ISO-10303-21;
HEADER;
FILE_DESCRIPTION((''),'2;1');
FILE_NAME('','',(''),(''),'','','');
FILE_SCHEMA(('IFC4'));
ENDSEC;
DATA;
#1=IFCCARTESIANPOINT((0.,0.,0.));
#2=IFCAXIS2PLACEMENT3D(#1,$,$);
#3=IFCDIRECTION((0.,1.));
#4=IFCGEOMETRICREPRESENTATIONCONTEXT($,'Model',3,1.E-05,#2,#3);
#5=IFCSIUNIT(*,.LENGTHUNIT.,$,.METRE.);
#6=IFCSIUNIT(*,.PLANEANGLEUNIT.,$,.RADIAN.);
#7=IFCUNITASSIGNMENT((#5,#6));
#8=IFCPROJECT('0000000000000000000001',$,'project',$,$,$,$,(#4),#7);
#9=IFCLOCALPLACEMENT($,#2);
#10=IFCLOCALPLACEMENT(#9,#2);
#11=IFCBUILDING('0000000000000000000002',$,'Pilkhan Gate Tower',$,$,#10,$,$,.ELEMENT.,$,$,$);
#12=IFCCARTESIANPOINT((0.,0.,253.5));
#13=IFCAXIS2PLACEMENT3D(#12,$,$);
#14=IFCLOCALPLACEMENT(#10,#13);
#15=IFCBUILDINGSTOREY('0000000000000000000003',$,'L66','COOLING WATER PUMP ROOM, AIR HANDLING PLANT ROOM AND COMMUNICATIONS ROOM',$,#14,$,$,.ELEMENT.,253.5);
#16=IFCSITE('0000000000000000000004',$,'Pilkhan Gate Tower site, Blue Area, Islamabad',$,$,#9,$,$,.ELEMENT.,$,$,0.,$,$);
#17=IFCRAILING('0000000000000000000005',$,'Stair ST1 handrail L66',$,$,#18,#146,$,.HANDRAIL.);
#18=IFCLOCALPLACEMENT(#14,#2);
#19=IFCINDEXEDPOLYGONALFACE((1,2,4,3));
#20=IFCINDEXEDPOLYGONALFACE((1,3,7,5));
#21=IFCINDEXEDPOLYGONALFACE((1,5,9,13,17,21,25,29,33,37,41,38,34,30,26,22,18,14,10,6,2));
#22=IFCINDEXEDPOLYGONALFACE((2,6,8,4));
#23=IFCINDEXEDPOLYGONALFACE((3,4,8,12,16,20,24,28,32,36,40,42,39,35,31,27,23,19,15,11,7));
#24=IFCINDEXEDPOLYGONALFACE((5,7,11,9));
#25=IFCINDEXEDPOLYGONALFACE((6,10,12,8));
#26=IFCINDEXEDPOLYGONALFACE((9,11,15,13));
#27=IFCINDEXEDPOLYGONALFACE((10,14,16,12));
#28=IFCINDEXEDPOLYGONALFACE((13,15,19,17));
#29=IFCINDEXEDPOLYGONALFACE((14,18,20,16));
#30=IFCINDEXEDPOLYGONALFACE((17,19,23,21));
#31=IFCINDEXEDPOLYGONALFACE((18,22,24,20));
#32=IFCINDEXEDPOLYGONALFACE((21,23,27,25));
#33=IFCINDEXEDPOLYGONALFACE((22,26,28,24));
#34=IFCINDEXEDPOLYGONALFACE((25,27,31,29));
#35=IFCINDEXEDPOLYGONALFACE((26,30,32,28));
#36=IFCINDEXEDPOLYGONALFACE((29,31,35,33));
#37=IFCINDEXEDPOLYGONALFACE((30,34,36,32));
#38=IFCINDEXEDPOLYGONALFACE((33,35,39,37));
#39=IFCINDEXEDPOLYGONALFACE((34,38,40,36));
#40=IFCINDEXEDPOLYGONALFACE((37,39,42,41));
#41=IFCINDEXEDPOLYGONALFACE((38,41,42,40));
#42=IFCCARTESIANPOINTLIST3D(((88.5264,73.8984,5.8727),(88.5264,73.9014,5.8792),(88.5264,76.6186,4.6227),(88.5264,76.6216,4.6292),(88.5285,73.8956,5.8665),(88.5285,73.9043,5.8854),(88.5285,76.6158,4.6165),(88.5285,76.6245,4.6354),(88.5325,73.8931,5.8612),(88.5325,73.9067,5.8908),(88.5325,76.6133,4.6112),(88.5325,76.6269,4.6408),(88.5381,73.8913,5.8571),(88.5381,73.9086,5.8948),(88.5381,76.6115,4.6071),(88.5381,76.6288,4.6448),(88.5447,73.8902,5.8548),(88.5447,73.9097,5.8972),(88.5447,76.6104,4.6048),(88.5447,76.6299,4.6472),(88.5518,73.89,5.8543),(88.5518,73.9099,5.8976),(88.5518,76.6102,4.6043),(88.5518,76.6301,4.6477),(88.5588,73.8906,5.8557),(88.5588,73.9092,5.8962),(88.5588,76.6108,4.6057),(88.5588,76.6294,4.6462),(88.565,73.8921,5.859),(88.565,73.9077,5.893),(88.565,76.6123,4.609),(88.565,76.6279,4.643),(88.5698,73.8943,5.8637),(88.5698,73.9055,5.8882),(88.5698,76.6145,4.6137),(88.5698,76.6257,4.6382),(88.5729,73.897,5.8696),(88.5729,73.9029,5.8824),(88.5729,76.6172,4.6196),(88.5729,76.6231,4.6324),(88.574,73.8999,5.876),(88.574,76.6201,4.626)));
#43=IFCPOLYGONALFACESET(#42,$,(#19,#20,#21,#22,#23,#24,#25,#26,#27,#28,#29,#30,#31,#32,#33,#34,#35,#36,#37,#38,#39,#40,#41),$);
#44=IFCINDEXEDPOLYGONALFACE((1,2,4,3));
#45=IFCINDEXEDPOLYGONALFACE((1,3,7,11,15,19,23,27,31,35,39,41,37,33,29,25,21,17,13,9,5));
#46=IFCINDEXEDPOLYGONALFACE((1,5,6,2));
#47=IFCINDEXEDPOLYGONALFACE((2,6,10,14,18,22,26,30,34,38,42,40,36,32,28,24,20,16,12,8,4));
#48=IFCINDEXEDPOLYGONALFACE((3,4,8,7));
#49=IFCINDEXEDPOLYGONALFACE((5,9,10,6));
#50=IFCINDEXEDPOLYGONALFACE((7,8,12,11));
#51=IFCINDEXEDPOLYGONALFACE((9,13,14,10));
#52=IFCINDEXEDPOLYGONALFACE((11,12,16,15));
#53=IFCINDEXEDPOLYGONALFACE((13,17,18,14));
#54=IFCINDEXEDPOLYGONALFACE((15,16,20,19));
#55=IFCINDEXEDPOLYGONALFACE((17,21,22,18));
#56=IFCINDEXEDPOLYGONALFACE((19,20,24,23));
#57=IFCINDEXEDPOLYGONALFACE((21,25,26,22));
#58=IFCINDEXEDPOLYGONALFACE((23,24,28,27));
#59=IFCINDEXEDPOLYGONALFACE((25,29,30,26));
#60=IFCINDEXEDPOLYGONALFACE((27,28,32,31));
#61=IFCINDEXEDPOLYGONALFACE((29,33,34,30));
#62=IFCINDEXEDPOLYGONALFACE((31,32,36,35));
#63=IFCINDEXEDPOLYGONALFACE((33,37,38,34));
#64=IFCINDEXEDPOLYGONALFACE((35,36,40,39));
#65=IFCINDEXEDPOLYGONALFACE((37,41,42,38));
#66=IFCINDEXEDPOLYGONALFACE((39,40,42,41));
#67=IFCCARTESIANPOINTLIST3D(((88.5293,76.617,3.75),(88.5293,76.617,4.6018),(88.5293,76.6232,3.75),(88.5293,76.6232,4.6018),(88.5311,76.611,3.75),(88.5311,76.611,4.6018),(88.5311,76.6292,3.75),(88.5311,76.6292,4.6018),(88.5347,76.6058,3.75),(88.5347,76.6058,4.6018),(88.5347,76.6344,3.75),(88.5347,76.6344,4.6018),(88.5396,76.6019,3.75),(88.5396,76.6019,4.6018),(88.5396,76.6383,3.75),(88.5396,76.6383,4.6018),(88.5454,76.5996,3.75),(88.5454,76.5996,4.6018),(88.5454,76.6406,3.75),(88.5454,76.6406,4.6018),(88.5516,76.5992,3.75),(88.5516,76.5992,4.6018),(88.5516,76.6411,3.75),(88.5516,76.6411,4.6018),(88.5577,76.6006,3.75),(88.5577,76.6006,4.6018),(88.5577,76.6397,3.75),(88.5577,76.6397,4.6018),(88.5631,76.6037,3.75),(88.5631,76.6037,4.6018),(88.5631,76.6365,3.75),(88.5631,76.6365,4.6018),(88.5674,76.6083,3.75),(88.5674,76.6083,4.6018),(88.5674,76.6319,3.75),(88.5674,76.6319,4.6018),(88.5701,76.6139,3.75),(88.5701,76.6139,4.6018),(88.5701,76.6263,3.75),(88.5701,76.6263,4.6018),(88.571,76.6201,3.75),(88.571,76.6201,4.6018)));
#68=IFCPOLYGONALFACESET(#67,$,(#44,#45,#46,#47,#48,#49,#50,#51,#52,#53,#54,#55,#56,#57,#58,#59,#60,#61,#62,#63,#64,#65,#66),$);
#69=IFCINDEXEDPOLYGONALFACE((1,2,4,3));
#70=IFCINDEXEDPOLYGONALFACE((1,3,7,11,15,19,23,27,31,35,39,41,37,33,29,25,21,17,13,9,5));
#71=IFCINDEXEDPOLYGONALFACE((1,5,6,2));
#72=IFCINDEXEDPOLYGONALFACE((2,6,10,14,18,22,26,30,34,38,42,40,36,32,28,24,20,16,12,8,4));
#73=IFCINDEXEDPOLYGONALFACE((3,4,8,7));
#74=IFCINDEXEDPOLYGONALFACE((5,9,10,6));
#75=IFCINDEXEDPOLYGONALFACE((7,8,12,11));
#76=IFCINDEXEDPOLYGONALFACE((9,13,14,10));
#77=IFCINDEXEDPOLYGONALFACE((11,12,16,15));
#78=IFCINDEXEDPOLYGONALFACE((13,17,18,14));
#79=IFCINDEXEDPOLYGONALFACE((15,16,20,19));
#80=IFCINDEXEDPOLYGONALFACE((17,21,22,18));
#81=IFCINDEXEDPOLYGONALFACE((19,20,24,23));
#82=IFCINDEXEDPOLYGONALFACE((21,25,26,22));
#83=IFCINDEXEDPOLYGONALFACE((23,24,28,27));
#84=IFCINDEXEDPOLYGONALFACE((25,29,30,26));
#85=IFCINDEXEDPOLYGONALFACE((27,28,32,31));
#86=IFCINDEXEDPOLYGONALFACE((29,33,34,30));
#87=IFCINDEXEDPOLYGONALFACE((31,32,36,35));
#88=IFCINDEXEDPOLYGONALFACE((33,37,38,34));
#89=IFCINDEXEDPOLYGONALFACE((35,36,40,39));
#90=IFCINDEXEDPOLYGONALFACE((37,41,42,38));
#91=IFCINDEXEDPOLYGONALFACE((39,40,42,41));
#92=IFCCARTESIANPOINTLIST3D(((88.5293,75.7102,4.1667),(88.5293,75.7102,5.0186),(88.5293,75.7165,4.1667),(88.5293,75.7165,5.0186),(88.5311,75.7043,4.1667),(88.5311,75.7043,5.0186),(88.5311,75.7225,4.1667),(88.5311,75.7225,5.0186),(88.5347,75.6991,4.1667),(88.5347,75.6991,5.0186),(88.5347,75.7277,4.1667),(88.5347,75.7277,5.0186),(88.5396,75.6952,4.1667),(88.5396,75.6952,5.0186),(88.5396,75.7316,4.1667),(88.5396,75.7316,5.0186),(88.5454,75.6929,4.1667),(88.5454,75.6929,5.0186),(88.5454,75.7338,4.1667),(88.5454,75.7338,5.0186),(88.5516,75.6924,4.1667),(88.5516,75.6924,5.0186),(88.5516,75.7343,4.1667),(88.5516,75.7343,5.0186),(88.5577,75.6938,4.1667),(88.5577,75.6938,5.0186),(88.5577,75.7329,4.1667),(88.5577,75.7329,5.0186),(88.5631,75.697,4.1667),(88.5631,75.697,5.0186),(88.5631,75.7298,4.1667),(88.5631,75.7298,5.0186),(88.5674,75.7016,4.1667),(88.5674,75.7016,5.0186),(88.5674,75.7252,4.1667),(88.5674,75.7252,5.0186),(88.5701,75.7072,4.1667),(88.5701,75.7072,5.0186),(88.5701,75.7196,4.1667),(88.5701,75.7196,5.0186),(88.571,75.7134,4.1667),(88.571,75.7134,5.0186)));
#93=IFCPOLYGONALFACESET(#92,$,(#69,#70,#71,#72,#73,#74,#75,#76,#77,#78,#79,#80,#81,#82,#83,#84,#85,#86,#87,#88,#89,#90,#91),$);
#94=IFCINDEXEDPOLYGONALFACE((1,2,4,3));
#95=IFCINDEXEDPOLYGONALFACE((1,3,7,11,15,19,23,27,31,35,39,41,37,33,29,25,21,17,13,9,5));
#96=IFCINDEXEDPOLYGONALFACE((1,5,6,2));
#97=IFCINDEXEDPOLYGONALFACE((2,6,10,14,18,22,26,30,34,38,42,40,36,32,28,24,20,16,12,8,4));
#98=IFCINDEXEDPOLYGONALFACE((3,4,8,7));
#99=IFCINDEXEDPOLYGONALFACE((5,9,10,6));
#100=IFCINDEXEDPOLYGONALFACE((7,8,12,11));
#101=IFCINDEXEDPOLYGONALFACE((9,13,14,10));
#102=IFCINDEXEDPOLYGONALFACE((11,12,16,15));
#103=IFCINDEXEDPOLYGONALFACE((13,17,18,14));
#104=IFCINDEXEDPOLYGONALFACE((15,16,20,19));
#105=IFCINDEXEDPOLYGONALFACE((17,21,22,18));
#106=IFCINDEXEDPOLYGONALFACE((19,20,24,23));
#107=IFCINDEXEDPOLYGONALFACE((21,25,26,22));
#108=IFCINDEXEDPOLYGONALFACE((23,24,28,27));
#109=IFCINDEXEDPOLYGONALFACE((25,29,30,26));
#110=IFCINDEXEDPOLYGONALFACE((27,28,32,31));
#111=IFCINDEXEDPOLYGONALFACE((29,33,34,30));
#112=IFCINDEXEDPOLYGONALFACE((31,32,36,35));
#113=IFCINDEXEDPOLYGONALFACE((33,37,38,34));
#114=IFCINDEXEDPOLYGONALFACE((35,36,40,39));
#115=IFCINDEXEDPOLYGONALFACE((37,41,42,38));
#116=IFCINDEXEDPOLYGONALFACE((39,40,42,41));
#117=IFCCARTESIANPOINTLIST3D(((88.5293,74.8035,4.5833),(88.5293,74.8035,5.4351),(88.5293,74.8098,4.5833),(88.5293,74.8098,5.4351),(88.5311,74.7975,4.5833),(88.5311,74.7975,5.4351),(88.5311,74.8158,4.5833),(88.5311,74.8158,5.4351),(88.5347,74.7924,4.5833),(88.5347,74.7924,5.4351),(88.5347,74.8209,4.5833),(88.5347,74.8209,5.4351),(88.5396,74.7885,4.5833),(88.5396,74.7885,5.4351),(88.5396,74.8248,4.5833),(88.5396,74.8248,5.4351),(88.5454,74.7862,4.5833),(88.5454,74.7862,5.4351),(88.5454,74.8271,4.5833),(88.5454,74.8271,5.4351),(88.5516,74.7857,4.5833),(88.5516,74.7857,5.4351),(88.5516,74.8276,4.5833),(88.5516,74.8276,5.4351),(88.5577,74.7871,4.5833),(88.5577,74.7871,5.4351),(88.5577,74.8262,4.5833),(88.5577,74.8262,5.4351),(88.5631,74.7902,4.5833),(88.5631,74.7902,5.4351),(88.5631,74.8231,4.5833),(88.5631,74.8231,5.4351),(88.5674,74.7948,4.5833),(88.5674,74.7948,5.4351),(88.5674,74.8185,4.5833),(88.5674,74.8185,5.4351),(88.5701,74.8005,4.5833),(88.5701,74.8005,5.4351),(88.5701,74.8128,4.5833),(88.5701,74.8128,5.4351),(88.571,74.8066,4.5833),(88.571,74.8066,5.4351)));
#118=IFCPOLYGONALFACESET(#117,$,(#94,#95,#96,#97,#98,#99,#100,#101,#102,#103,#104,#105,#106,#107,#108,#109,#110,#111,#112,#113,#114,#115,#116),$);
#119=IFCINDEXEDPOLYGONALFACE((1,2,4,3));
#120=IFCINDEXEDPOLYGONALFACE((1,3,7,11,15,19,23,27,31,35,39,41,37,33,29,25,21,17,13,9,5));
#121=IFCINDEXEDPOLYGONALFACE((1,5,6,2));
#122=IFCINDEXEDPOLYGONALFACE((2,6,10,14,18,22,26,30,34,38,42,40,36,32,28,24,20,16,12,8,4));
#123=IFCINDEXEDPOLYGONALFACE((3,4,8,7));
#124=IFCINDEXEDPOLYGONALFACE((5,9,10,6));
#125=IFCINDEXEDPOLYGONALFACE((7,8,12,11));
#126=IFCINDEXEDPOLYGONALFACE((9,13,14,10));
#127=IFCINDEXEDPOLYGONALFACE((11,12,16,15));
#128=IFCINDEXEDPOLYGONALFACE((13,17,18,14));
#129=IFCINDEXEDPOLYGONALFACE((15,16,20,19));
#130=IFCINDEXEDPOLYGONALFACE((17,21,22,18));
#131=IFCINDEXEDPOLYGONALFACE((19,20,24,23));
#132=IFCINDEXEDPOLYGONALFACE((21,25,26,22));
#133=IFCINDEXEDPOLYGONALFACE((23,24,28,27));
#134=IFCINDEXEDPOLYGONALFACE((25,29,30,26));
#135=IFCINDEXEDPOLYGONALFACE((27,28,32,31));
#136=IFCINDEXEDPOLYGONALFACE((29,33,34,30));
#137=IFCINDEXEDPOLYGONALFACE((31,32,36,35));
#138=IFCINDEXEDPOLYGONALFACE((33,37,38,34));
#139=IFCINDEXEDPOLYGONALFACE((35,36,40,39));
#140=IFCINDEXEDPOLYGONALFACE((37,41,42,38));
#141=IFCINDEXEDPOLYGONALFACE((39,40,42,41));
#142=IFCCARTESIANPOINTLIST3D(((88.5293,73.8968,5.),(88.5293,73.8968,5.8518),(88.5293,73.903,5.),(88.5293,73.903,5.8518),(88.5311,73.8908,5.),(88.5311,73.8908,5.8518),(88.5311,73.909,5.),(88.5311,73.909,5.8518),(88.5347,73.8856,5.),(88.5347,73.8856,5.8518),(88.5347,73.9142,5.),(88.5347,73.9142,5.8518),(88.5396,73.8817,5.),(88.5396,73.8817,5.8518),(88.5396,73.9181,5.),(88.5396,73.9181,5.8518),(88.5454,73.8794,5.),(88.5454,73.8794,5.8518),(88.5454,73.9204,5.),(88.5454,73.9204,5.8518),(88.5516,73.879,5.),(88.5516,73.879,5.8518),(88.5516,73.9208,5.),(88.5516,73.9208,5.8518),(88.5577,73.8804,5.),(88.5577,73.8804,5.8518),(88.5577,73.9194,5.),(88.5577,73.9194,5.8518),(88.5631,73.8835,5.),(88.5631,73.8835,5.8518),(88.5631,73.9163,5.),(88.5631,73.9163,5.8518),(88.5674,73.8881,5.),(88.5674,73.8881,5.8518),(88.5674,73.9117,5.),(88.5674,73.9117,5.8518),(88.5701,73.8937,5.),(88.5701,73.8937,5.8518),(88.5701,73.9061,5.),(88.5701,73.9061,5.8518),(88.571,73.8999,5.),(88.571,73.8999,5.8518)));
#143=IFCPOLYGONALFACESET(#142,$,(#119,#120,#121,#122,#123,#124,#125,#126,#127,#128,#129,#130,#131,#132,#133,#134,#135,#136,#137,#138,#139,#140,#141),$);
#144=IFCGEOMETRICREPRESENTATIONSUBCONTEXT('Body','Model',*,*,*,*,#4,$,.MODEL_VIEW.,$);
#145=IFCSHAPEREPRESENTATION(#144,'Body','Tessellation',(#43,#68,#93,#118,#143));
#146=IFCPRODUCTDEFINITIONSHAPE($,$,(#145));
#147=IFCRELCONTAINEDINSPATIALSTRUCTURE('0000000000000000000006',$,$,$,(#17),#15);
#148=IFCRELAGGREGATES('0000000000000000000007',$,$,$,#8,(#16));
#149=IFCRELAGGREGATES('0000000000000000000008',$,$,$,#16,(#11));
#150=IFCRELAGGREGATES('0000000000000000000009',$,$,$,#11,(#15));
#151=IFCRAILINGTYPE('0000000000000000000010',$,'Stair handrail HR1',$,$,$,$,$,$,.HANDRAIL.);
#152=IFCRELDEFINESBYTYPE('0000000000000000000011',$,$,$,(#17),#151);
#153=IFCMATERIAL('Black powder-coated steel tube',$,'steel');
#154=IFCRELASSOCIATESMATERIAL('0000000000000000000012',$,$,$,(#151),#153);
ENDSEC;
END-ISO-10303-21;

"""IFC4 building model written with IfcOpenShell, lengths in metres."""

from ifc_helpers import new_model, si_unit, direction, frame, origin, origin_2d, place, context, subcontext, project, spatial, circle, extrude, material, type_object, element, save


model = new_model("IFC4")

# Units and contexts
model_context = context("Model", 3, precision=1e-05, world=origin(), true_north=direction((0.0, 1.0)))
body_context = subcontext(model_context, "Body", "Model", "MODEL_VIEW")
ifc_project = project(units=[si_unit("LENGTHUNIT", "METRE"), si_unit("PLANEANGLEUNIT", "RADIAN")], contexts=[model_context])

# Site, building, storey
site_placement = place(None, origin())
site = spatial("IfcSite", under=ifc_project, at=site_placement, Name="Pilkhan Gate Tower site, Blue Area, Islamabad", CompositionType="ELEMENT", RefElevation=0.0)
building_placement = place(site_placement, origin())
building = spatial("IfcBuilding", under=site, at=building_placement, Name="Pilkhan Gate Tower", CompositionType="ELEMENT")
storey_placement = place(building_placement, frame((0.0, 0.0, 253.5)))
storey = spatial("IfcBuildingStorey", under=building, at=storey_placement, Name="L66", Description="COOLING WATER PUMP ROOM, AIR HANDLING PLANT ROOM AND COMMUNICATIONS ROOM", CompositionType="ELEMENT", Elevation=253.5)

# Railing
ifc_material_1 = material(Name="Black powder-coated steel tube", Category="steel")
railing_type_1 = type_object("IfcRailingType", Name="Stair handrail HR1", PredefinedType="HANDRAIL", material=ifc_material_1)
for number, where, name in (
    (1, (88.55, 76.6201, 3.75), "Stair ST1 handrail L66"),
):
    element("IfcRailing", number, at=place(storey_placement, frame(where)), inside=storey, type_object=railing_type_1, Name=name, PredefinedType="HANDRAIL", context=body_context, shape_type="SweptSolid", body=[
        extrude(circle(Radius=0.0239, at=origin_2d()), frame((0.0, 0.0, 0.876), z_axis=(0.0, -0.908655, 0.417547), x_axis=(1.0, 0.0, 0.0)), (0.0, 0.0, 1.0), 2.9937),
        extrude(circle(Radius=0.021, at=origin_2d()), origin(), (0.0, 0.0, 1.0), 0.8518),
        extrude(circle(Radius=0.021, at=origin_2d()), frame((0.0, -0.9067, 0.4167)), (0.0, 0.0, 1.0), 0.8518),
        extrude(circle(Radius=0.021, at=origin_2d()), frame((0.0, -1.8135, 0.8333)), (0.0, 0.0, 1.0), 0.8518),
        extrude(circle(Radius=0.021, at=origin_2d()), frame((0.0, -2.7202, 1.25)), (0.0, 0.0, 1.0), 0.8518),
    ])

save(model, "model.ifc")
